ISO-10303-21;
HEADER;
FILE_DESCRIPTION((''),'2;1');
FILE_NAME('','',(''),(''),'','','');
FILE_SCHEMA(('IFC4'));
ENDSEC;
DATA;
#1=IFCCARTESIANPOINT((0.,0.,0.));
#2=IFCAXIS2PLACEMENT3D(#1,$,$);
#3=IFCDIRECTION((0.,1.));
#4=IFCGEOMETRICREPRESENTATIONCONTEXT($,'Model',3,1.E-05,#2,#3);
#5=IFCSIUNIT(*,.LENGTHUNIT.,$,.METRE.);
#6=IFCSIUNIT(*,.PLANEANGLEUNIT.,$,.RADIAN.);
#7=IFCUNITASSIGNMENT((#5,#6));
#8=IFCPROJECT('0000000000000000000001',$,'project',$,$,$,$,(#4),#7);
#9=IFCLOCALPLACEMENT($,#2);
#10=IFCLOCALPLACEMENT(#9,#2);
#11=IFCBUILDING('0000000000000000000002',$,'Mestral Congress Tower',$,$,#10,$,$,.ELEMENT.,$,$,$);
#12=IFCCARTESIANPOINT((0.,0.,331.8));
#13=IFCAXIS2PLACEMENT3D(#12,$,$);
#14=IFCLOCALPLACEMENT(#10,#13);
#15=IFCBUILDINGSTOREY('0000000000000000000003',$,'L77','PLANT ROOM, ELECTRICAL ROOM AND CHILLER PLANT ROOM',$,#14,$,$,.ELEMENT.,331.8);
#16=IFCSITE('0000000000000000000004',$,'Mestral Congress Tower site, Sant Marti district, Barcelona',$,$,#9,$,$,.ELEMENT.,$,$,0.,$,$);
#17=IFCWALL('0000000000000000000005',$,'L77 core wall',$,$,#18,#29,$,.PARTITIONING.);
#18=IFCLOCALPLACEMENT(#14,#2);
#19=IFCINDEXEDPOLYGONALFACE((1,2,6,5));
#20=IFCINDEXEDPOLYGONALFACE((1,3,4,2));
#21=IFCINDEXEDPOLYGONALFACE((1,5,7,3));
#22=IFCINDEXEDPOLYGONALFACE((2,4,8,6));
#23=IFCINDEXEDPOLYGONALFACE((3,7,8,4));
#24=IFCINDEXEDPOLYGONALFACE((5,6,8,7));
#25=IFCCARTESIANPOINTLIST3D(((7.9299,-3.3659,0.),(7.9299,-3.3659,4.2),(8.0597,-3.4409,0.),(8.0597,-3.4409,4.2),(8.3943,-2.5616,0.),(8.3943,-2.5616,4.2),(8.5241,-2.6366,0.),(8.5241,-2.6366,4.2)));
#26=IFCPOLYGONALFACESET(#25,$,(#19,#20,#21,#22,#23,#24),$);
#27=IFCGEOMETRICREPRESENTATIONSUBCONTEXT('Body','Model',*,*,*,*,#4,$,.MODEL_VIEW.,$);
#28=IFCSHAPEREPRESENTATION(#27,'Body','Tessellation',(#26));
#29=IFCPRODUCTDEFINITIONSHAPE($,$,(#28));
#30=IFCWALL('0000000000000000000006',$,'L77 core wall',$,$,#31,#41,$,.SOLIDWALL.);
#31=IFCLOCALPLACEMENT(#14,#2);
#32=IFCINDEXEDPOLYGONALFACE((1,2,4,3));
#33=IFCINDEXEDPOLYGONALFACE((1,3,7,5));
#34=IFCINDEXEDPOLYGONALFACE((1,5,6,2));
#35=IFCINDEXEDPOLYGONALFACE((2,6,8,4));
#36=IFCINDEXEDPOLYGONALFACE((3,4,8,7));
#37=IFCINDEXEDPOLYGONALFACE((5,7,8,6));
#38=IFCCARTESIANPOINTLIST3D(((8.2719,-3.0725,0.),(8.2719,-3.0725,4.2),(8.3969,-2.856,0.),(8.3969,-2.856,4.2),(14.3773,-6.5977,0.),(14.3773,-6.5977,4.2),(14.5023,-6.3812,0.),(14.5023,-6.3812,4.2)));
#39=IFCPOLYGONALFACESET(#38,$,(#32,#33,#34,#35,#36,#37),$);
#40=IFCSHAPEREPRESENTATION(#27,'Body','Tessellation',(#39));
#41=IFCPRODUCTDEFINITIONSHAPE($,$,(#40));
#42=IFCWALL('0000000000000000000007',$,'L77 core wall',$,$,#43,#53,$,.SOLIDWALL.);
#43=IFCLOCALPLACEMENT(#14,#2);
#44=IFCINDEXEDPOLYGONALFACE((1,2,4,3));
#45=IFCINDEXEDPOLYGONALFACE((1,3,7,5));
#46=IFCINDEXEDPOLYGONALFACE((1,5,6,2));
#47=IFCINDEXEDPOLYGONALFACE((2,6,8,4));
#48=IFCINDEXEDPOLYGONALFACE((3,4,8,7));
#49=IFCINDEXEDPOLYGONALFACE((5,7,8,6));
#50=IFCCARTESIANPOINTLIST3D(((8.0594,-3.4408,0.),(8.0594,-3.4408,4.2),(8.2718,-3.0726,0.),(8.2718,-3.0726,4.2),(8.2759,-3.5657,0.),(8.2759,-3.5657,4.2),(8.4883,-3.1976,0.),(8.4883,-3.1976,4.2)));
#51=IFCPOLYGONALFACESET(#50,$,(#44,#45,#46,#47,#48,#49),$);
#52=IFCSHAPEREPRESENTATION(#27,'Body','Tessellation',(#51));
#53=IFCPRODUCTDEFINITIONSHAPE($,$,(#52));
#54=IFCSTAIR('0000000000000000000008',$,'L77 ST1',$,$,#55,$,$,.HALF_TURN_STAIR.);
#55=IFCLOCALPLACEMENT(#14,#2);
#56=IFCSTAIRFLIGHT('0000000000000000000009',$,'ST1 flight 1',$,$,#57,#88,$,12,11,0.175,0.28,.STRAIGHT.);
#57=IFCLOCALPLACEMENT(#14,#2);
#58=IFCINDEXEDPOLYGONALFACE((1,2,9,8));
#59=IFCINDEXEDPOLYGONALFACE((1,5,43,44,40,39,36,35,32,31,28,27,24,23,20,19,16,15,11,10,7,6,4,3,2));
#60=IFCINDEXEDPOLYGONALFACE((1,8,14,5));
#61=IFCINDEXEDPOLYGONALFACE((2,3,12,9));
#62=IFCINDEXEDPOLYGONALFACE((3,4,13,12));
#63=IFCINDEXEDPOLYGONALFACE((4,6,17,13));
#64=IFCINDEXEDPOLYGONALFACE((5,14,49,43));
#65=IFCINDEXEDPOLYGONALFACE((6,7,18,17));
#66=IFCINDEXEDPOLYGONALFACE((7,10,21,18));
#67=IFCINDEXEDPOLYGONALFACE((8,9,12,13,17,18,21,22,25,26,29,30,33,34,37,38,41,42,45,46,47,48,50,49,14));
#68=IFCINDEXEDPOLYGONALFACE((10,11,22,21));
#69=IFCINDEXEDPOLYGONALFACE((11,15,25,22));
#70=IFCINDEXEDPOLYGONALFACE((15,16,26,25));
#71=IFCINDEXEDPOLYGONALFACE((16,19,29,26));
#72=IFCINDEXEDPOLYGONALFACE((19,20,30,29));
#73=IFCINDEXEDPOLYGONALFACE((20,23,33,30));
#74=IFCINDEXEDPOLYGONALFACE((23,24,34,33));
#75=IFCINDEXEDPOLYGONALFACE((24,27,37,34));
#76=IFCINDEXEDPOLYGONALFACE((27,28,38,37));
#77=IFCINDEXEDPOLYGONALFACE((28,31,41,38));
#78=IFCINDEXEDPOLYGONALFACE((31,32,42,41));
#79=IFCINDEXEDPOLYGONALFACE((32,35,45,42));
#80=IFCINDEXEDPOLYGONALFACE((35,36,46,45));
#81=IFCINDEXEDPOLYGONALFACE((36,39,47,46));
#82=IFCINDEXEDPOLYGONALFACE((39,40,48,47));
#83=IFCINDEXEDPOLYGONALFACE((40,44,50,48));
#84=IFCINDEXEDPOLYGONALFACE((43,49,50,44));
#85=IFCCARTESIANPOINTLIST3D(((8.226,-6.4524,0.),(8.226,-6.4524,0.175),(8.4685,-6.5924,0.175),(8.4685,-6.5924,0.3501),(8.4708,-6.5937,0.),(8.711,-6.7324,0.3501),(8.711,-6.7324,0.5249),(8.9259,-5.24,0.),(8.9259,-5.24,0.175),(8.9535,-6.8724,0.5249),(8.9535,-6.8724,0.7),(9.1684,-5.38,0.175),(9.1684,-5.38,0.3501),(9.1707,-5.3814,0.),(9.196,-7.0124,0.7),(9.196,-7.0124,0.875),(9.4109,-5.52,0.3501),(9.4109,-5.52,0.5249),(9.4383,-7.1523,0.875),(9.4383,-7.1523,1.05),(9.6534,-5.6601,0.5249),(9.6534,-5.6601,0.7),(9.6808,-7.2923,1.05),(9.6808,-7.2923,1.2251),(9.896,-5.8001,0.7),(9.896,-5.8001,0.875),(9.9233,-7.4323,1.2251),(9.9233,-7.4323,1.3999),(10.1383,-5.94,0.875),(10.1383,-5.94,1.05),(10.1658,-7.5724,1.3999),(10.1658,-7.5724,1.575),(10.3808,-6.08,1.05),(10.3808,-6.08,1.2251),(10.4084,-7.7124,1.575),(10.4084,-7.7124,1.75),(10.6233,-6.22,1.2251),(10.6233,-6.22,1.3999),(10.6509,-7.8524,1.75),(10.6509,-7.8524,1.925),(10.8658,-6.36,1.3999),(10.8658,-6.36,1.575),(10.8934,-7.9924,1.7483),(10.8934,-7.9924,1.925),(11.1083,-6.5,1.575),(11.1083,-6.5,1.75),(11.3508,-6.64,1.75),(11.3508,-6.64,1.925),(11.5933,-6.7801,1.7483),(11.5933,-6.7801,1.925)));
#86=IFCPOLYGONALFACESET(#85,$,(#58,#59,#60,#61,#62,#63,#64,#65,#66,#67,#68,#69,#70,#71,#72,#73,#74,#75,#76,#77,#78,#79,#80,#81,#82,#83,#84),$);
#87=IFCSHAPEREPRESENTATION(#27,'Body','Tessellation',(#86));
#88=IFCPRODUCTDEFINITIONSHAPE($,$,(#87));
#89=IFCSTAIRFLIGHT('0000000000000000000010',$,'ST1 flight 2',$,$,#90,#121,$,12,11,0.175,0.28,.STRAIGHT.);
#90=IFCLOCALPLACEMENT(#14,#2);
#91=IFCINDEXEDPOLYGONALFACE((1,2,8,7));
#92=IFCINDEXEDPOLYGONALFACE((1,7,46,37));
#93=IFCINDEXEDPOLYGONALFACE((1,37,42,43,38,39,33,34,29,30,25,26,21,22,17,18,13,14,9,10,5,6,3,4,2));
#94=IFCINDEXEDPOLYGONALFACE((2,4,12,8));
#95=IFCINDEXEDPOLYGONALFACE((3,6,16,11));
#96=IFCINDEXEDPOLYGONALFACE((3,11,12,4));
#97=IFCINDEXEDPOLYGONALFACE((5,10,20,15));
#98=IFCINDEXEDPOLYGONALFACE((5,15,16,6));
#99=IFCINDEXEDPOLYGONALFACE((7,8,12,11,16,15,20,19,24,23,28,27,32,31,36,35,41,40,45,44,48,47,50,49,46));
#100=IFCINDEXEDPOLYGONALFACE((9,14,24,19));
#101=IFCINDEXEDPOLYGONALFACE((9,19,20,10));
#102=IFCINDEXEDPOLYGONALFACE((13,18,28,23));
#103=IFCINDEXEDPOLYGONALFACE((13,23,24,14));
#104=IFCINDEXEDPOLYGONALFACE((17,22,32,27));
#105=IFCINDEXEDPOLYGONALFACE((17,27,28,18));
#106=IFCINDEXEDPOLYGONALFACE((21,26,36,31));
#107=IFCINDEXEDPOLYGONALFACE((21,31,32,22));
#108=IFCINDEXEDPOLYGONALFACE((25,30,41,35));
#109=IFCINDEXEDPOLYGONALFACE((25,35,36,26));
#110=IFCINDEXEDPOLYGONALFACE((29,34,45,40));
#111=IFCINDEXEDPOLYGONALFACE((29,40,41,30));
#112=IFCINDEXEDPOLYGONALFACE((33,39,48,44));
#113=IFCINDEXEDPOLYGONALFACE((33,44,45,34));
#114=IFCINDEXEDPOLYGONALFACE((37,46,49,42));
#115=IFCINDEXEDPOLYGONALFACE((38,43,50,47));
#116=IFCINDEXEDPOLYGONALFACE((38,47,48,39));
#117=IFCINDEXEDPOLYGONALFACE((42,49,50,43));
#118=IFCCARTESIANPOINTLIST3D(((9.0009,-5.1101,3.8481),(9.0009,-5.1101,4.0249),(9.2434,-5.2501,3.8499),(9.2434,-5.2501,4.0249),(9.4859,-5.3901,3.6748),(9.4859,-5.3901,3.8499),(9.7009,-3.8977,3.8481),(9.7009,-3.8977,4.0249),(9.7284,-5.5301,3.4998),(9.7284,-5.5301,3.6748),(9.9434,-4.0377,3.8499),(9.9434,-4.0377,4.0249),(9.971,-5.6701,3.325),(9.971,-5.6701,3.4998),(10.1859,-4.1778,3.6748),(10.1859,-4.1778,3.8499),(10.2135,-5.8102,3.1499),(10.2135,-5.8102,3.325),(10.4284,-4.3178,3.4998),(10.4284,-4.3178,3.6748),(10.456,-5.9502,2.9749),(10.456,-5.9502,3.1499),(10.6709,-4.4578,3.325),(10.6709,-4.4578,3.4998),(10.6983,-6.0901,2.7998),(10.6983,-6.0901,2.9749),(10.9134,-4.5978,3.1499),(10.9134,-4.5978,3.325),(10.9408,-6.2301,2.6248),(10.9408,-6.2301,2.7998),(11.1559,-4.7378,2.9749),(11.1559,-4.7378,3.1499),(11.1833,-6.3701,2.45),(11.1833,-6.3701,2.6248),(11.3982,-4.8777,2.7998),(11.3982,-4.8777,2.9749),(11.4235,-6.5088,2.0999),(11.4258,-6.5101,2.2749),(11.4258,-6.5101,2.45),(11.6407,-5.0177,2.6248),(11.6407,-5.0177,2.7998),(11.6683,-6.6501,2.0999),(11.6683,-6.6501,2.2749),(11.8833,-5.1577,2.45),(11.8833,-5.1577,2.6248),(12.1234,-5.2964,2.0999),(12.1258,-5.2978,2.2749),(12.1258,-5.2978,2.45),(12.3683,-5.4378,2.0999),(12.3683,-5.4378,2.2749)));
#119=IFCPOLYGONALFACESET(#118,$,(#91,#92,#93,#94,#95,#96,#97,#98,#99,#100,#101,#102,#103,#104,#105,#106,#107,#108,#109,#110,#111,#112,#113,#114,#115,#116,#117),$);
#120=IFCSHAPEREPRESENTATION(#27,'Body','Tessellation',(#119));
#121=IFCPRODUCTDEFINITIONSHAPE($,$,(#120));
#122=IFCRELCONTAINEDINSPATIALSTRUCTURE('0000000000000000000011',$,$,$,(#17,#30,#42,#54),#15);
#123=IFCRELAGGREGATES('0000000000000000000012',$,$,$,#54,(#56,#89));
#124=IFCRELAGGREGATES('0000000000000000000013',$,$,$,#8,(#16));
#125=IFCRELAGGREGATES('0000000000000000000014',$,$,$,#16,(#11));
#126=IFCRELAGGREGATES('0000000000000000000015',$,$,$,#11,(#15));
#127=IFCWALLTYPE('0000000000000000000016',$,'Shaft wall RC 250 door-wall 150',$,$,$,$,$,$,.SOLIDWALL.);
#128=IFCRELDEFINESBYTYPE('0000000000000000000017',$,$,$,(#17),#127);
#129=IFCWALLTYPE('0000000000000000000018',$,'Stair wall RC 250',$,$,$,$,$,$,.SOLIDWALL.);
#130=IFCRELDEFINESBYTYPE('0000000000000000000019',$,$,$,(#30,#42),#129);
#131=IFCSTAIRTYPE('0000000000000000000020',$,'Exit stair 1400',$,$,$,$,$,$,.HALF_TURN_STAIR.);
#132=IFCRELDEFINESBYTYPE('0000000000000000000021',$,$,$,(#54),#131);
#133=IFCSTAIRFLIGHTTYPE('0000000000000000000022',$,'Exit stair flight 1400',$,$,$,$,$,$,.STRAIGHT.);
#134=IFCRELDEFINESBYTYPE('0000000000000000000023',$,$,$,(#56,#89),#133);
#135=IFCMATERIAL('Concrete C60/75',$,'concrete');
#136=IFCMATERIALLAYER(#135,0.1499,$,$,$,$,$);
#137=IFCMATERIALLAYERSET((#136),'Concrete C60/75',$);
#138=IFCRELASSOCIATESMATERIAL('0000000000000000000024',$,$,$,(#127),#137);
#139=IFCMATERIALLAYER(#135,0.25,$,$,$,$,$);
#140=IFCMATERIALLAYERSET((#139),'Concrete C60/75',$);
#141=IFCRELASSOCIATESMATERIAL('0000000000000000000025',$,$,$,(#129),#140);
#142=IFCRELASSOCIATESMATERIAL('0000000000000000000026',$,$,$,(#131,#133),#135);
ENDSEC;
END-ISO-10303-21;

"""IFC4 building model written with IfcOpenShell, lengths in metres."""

from ifc_helpers import new_model, si_unit, direction, frame, frame_2d, origin, place, context, subcontext, project, spatial, polyline, rectangle, outline, extrude, material, layer, layer_set, type_object, element, aggregate, save


model = new_model("IFC4")

# Units and contexts
model_context = context("Model", 3, precision=1e-05, world=origin(), true_north=direction((0.0, 1.0)))
body_context = subcontext(model_context, "Body", "Model", "MODEL_VIEW")
ifc_project = project(units=[si_unit("LENGTHUNIT", "METRE"), si_unit("PLANEANGLEUNIT", "RADIAN")], contexts=[model_context])

# Site, building, storey
site_placement = place(None, origin())
site = spatial("IfcSite", under=ifc_project, at=site_placement, Name="Mestral Congress Tower site, Sant Marti district, Barcelona", CompositionType="ELEMENT", RefElevation=0.0)
building_placement = place(site_placement, origin())
building = spatial("IfcBuilding", under=site, at=building_placement, Name="Mestral Congress Tower", CompositionType="ELEMENT")
storey_placement = place(building_placement, frame((0.0, 0.0, 331.8)))
storey = spatial("IfcBuildingStorey", under=building, at=storey_placement, Name="L77", Description="PLANT ROOM, ELECTRICAL ROOM AND CHILLER PLANT ROOM", CompositionType="ELEMENT", Elevation=331.8)

# Shared definitions
ifc_material_1 = material(Name="Concrete C60/75", Category="concrete")

# Walls
ifc_layer_1 = layer(ifc_material_1, 0.1499)
ifc_layer_set_1 = layer_set([ifc_layer_1], Name="Concrete C60/75")
wall_type_1 = type_object("IfcWallType", Name="Shaft wall RC 250 door-wall 150", PredefinedType="SOLIDWALL", material=ifc_layer_set_1)
wall_1_placement = place(storey_placement, frame((8.4592, -2.5991, 0.0), z_axis=(0.0, 0.0, 1.0), x_axis=(-0.500041, -0.866002, 0.0)))
element("IfcWall", 1, at=wall_1_placement, inside=storey, type_object=wall_type_1, Name="L77 core wall", PredefinedType="PARTITIONING", context=body_context, shape_type="SweptSolid", body=[
    extrude(rectangle(XDim=0.9287, YDim=0.1499, at=frame_2d((0.4644, 0.0))), origin(), (0.0, 0.0, 1.0), 4.2),
])
ifc_layer_2 = layer(ifc_material_1, 0.25)
ifc_layer_set_2 = layer_set([ifc_layer_2], Name="Concrete C60/75")
wall_type_2 = type_object("IfcWallType", Name="Stair wall RC 250", PredefinedType="SOLIDWALL", material=ifc_layer_set_2)
wall_2_placement = place(storey_placement, frame((8.3345, -2.9644, 0.0), z_axis=(0.0, 0.0, 1.0), x_axis=(0.866016, -0.500016, 0.0)))
element("IfcWall", 2, at=wall_2_placement, inside=storey, type_object=wall_type_2, Name="L77 core wall", PredefinedType="SOLIDWALL", context=body_context, shape_type="SweptSolid", body=[
    extrude(rectangle(XDim=7.05, YDim=0.25, at=frame_2d((3.5249, 0.0))), origin(), (0.0, 0.0, 1.0), 4.2),
])
wall_3_placement = place(storey_placement, frame((8.1677, -3.5032, 0.0), z_axis=(0.0, 0.0, 1.0), x_axis=(0.499722, 0.866186, 0.0)))
element("IfcWall", 3, at=wall_3_placement, inside=storey, type_object=wall_type_2, Name="L77 core wall", PredefinedType="SOLIDWALL", context=body_context, shape_type="SweptSolid", body=[
    extrude(rectangle(XDim=0.425, YDim=0.25, at=frame_2d((0.2124, 0.0))), origin(), (0.0, 0.0, 1.0), 4.2),
])

# Stair, stair flights
stair_type = type_object("IfcStairType", Name="Exit stair 1400", PredefinedType="HALF_TURN_STAIR", material=ifc_material_1)
stair_placement = place(storey_placement, origin())
stair = element("IfcStair", 4, at=stair_placement, inside=storey, type_object=stair_type, Name="L77 ST1", PredefinedType="HALF_TURN_STAIR")
stair_flight_type = type_object("IfcStairFlightType", Name="Exit stair flight 1400", PredefinedType="STRAIGHT", material=ifc_material_1)
stair_flight_1_placement = place(storey_placement, frame((8.5759, -5.8462, 0.0), z_axis=(0.0, 0.0, 1.0), x_axis=(0.866025, -0.5, 0.0)))
stair_flight_1 = element("IfcStairFlight", 5, at=stair_flight_1_placement, type_object=stair_flight_type, Name="ST1 flight 1", NumberOfRisers=12, NumberOfTreads=11, PredefinedType="STRAIGHT", RiserHeight=0.175, TreadLength=0.28, context=body_context, shape_type="SweptSolid", body=[
    extrude(outline(polyline([(0.0, 0.0), (0.0, 0.175), (0.28, 0.175), (0.28, 0.3501), (0.5601, 0.3501), (0.5601, 0.5249), (0.8401, 0.5249), (0.8401, 0.7), (1.1201, 0.7), (1.1201, 0.875), (1.3999, 0.875), (1.3999, 1.05), (1.6799, 1.05), (1.6799, 1.2251), (1.96, 1.2251), (1.96, 1.3999), (2.24, 1.3999), (2.24, 1.575), (2.52, 1.575), (2.52, 1.75), (2.8, 1.75), (2.8, 1.925), (3.0801, 1.925), (3.0801, 2.1001), (3.0801, 1.7483), (0.2827, 0.0), (0.0, 0.0)])), frame((0.0, 0.7, 0.0), z_axis=(0.0, -1.0, 0.0), x_axis=(1.0, 0.0, 0.0)), (0.0, 0.0, 1.0), 1.3999),
])
stair_flight_2_placement = place(storey_placement, frame((12.0183, -6.0439, 2.0999), z_axis=(0.0, 0.0, 1.0), x_axis=(-0.866025, 0.5, 0.0)))
stair_flight_2 = element("IfcStairFlight", 6, at=stair_flight_2_placement, type_object=stair_flight_type, Name="ST1 flight 2", NumberOfRisers=12, NumberOfTreads=11, PredefinedType="STRAIGHT", RiserHeight=0.175, TreadLength=0.28, context=body_context, shape_type="SweptSolid", body=[
    extrude(outline(polyline([(0.0, 0.0), (0.0, 0.175), (0.28, 0.175), (0.28, 0.3501), (0.5601, 0.3501), (0.5601, 0.5249), (0.8401, 0.5249), (0.8401, 0.7), (1.1201, 0.7), (1.1201, 0.875), (1.3999, 0.875), (1.3999, 1.05), (1.6799, 1.05), (1.6799, 1.2251), (1.96, 1.2251), (1.96, 1.3999), (2.24, 1.3999), (2.24, 1.575), (2.52, 1.575), (2.52, 1.75), (2.8, 1.75), (2.8, 1.925), (3.0801, 1.925), (3.0801, 2.1001), (3.0801, 1.7483), (0.2827, 0.0), (0.0, 0.0)])), frame((0.0, 0.7, 0.0), z_axis=(0.0, -1.0, 0.0), x_axis=(1.0, 0.0, 0.0)), (0.0, 0.0, 1.0), 1.3999),
])
aggregate(stair, [stair_flight_1, stair_flight_2])

save(model, "model.ifc")
